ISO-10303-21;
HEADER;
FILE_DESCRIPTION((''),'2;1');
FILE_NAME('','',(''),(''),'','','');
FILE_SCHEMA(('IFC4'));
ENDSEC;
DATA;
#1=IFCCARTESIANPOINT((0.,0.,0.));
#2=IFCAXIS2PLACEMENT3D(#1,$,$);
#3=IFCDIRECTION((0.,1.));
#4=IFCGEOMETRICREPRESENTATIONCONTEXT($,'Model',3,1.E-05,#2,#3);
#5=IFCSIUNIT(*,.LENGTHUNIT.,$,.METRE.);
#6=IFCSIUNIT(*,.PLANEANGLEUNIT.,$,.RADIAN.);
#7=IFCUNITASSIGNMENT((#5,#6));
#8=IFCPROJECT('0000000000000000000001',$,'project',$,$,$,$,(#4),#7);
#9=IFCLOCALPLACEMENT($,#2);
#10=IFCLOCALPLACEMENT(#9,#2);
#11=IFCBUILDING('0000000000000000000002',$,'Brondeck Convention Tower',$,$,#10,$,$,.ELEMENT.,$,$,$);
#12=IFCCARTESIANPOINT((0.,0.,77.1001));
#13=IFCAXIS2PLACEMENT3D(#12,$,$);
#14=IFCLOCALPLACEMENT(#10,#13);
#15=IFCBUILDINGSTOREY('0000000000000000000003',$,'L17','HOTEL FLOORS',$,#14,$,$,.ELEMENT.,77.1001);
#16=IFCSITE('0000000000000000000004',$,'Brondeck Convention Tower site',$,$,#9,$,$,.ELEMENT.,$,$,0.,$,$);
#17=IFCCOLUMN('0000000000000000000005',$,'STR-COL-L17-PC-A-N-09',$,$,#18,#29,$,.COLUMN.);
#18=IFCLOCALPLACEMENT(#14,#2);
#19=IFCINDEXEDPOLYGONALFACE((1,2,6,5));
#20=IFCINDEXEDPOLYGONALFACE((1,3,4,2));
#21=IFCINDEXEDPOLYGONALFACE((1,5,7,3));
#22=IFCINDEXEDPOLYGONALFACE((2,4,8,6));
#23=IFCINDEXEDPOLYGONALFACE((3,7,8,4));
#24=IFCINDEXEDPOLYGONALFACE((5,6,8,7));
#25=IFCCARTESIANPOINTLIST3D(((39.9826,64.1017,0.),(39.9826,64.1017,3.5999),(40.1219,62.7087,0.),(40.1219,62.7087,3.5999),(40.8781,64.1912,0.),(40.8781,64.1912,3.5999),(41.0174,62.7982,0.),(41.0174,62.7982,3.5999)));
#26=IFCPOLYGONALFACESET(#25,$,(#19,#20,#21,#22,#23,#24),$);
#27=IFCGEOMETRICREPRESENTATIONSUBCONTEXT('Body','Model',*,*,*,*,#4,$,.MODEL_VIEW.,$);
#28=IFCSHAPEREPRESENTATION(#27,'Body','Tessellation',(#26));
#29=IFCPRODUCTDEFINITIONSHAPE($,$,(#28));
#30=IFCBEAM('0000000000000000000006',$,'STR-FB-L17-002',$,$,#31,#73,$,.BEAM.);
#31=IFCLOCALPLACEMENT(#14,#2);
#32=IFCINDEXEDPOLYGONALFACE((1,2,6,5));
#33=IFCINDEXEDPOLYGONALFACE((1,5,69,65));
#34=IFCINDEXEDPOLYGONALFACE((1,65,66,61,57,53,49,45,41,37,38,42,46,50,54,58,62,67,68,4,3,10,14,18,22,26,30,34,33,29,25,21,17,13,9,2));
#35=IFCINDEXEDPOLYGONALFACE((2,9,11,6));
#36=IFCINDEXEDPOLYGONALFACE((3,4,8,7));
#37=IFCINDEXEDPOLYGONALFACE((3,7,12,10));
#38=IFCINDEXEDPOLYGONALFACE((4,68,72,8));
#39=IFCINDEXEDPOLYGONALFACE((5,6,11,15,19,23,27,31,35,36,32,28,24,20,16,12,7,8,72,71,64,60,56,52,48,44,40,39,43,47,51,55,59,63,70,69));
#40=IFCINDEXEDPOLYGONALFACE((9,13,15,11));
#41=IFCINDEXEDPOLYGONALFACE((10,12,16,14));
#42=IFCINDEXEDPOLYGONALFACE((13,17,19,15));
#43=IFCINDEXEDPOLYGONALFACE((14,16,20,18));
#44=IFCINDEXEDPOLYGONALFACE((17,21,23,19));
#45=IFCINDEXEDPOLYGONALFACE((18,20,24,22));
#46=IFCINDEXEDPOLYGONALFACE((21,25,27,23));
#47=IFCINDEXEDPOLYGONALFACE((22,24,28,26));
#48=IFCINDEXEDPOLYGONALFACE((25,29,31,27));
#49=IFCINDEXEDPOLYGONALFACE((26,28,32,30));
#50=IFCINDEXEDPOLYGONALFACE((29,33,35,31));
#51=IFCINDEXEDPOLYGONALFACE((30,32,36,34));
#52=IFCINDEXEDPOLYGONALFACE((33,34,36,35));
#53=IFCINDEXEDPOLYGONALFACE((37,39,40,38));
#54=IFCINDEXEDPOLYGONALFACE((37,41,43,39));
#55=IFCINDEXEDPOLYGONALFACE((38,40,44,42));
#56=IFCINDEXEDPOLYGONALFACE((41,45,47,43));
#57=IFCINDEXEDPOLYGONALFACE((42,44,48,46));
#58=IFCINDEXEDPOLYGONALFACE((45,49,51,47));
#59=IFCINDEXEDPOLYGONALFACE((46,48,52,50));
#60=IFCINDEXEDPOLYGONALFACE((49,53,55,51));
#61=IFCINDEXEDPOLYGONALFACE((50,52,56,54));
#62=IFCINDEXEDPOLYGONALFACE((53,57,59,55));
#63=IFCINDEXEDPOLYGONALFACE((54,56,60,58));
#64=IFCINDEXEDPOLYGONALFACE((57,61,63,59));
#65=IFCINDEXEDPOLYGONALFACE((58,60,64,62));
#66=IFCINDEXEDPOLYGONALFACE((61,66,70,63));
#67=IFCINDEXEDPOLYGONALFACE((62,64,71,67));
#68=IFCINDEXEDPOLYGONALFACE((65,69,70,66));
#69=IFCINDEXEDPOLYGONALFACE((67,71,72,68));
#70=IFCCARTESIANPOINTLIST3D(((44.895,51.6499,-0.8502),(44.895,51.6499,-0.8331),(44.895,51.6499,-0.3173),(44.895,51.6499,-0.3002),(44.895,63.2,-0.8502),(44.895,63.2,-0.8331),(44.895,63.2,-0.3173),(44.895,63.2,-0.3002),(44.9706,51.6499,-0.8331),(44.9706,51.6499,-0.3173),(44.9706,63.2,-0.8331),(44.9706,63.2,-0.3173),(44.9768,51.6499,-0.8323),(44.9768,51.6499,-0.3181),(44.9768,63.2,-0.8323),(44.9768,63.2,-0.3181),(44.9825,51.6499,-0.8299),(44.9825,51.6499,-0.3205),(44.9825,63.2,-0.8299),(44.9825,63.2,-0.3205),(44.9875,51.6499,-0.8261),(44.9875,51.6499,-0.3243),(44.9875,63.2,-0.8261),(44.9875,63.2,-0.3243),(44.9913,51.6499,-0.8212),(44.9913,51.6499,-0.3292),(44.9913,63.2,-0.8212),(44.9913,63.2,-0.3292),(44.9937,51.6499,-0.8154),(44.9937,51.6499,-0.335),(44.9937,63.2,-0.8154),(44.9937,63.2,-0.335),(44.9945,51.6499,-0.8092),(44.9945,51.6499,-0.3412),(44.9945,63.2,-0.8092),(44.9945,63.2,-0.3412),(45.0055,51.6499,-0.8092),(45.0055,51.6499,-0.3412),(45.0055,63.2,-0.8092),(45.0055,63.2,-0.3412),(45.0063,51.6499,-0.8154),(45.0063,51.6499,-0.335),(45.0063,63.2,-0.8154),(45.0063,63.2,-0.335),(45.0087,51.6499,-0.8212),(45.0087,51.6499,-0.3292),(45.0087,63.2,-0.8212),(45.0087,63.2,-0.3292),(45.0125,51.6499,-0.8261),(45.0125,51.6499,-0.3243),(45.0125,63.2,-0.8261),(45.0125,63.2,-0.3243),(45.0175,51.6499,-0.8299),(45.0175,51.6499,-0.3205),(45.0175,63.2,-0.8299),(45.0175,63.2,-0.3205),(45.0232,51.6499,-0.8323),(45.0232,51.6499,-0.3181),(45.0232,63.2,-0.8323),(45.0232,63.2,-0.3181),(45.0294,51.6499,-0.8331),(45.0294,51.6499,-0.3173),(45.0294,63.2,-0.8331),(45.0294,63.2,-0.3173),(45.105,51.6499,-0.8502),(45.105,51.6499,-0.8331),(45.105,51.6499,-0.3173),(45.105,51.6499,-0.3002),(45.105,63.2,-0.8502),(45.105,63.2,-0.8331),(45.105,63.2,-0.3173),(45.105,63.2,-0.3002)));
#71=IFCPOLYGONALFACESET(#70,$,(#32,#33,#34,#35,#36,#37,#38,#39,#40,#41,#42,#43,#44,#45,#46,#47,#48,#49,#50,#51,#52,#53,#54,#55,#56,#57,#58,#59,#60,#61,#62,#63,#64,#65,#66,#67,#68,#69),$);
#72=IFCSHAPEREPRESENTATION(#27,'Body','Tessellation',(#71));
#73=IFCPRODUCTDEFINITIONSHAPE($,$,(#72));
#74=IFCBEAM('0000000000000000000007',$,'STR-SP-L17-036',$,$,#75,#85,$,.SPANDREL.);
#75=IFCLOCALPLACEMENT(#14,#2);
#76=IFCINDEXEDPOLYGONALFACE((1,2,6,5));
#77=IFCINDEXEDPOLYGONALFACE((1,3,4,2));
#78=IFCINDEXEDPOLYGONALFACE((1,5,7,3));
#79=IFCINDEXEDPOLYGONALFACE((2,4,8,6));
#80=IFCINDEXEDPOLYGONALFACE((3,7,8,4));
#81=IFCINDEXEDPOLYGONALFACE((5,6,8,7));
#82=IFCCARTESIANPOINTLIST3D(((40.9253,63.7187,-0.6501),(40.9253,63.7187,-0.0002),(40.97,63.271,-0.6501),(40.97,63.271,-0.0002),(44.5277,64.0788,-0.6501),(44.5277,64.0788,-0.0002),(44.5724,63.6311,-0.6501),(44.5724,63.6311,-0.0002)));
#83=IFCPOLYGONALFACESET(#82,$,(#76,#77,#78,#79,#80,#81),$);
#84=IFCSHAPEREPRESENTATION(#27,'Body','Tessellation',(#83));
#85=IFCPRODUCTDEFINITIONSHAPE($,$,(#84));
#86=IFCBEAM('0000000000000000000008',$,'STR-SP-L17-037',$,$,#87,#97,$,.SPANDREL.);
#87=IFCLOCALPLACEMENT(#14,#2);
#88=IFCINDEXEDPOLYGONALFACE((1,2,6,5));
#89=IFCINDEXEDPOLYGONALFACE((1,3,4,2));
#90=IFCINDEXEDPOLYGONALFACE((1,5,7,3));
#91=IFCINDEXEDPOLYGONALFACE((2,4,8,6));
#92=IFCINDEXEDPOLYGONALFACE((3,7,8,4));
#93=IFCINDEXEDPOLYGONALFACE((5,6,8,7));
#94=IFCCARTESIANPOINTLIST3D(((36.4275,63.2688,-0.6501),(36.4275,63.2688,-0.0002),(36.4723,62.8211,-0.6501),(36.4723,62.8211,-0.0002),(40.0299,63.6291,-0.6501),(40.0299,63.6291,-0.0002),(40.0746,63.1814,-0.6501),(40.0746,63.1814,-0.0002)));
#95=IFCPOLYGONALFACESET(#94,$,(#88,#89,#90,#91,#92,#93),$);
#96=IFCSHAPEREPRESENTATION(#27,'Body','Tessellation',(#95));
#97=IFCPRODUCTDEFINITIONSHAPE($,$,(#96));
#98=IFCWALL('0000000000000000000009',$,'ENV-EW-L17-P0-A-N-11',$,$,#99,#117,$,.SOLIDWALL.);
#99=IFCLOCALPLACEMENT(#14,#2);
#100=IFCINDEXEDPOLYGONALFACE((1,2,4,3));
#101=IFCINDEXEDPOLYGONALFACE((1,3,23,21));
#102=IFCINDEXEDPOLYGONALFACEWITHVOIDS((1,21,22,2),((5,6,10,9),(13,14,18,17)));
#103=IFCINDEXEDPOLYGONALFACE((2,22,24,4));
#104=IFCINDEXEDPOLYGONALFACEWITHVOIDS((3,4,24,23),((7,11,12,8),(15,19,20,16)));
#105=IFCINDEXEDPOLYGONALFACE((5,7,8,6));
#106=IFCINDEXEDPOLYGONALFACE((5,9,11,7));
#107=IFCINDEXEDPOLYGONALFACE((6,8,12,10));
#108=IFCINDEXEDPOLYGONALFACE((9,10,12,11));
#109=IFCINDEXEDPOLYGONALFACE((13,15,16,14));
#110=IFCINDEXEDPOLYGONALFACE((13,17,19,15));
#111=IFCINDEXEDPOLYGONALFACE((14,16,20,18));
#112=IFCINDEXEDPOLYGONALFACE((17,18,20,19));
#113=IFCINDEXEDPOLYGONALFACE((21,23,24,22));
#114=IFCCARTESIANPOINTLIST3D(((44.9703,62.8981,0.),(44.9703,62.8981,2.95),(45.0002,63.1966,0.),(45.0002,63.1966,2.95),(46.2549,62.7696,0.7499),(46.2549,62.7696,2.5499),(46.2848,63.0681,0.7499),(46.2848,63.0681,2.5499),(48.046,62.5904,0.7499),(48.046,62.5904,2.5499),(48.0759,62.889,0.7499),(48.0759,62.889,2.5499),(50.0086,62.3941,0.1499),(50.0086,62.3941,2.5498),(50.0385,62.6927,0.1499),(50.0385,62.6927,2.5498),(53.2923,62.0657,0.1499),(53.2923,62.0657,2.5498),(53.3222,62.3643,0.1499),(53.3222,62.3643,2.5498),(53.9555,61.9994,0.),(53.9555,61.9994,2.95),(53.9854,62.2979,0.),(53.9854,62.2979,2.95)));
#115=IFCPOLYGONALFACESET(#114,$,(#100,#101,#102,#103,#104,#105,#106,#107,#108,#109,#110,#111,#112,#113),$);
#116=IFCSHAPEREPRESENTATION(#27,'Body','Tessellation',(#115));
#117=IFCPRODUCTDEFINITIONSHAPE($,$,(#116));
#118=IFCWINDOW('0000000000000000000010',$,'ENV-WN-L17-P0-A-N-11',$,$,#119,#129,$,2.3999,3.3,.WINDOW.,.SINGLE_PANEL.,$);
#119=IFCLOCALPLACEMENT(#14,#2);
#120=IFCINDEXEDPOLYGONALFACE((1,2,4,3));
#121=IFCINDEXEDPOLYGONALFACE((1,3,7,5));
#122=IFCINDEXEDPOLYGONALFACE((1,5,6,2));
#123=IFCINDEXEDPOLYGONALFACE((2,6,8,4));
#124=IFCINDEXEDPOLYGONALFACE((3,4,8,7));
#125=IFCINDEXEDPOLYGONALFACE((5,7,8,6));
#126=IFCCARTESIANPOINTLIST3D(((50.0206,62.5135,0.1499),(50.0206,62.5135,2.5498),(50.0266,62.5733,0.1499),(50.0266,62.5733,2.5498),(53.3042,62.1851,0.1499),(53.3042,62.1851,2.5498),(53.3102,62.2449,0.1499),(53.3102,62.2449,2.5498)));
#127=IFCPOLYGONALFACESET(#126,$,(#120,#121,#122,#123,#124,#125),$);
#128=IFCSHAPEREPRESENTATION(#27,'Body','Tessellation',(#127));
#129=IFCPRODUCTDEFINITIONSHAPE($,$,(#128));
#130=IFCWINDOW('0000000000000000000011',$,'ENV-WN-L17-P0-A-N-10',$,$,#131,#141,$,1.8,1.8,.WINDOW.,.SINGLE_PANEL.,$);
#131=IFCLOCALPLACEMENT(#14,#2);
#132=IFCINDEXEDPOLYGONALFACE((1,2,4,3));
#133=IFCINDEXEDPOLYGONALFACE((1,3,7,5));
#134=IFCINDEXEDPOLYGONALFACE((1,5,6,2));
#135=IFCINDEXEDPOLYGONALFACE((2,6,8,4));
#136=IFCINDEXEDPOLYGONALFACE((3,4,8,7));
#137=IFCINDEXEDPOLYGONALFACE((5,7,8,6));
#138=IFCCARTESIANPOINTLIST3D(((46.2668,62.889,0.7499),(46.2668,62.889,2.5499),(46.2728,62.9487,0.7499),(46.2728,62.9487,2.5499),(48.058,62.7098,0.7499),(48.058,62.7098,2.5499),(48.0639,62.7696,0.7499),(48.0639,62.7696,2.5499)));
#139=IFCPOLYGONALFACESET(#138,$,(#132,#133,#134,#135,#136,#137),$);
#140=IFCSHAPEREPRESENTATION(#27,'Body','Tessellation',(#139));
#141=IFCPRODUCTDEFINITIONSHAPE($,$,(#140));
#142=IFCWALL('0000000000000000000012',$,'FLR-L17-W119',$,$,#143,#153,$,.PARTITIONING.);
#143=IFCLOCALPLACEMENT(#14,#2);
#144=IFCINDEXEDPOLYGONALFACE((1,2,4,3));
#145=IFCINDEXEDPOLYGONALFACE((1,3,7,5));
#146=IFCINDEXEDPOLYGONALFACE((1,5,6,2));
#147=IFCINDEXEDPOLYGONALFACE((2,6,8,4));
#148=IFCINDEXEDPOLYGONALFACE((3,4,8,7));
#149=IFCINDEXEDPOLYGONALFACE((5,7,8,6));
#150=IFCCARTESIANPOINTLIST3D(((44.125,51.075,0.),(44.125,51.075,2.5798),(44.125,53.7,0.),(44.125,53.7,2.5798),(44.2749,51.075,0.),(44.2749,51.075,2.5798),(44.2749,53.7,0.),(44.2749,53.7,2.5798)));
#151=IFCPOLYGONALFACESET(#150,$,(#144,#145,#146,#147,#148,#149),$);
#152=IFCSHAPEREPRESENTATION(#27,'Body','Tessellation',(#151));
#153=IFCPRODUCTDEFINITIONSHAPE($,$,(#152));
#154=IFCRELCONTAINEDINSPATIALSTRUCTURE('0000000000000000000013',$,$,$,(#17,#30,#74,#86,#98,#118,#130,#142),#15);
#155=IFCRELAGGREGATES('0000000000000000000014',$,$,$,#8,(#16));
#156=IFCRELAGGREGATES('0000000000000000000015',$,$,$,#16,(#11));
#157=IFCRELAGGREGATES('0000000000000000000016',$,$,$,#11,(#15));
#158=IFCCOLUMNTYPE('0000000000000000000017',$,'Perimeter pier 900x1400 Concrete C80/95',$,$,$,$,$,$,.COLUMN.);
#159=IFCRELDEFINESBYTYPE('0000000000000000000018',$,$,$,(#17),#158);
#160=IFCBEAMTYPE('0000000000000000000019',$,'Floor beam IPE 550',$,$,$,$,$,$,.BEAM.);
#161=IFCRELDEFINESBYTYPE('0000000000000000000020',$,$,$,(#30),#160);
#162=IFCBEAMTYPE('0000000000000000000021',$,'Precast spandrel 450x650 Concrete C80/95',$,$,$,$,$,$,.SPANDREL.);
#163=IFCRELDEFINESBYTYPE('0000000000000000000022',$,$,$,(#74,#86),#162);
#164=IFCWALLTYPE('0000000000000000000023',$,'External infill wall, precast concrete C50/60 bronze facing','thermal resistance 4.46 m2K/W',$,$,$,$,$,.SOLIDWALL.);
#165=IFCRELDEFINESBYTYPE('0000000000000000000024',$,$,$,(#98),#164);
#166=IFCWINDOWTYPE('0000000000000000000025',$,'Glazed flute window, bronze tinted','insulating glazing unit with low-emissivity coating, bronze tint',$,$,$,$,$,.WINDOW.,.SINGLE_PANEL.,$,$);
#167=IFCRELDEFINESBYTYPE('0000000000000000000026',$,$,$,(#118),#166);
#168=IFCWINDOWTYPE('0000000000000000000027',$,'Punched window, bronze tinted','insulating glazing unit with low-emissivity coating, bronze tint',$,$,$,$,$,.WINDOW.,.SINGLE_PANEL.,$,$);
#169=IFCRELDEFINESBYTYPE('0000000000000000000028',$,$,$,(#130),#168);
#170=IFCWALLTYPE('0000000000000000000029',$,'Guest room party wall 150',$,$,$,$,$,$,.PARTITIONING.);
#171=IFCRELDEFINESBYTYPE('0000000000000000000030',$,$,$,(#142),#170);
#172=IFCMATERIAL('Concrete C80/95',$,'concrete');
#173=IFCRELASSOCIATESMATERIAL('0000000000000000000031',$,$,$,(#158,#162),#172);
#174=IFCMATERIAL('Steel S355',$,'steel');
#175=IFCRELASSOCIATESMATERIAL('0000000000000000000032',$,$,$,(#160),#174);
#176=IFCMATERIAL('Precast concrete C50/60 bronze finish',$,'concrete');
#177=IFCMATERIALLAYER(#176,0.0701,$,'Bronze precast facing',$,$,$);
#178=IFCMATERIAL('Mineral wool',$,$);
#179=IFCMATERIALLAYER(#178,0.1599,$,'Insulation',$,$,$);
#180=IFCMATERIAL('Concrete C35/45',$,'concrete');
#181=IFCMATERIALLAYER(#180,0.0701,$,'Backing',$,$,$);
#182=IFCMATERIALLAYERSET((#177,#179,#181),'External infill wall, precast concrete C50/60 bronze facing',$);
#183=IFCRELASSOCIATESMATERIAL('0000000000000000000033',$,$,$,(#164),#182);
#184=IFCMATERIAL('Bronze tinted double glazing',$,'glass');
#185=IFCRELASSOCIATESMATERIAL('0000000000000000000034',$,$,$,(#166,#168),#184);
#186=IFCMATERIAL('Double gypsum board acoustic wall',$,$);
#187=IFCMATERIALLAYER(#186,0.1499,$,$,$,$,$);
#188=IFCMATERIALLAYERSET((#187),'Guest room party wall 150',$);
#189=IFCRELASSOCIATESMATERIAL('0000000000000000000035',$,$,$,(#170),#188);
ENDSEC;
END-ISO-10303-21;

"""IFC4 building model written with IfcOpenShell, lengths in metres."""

from ifc_helpers import new_model, si_unit, direction, frame, frame_2d, origin, origin_2d, place, context, subcontext, project, spatial, rectangle, i_section, extrude, material, layer, layer_set, material_profile, profile_set, type_object, element, fill, save


model = new_model("IFC4")

# Units and contexts
model_context = context("Model", 3, precision=1e-05, world=origin(), true_north=direction((0.0, 1.0)))
body_context = subcontext(model_context, "Body", "Model", "MODEL_VIEW")
ifc_project = project(units=[si_unit("LENGTHUNIT", "METRE"), si_unit("PLANEANGLEUNIT", "RADIAN")], contexts=[model_context])

# Site, building, storey
site_placement = place(None, origin())
site = spatial("IfcSite", under=ifc_project, at=site_placement, Name="Brondeck Convention Tower site", CompositionType="ELEMENT", RefElevation=0.0)
building_placement = place(site_placement, origin())
building = spatial("IfcBuilding", under=site, at=building_placement, Name="Brondeck Convention Tower", CompositionType="ELEMENT")
storey_placement = place(building_placement, frame((0.0, 0.0, 77.1001)))
storey = spatial("IfcBuildingStorey", under=building, at=storey_placement, Name="L17", Description="HOTEL FLOORS", CompositionType="ELEMENT", Elevation=77.1001)

# Column
ifc_material_1 = material(Name="Concrete C80/95", Category="concrete")
ifc_material_profile_1 = material_profile(ifc_material_1, rectangle(XDim=0.8999, YDim=1.3999, at=origin_2d()), Name="Perimeter pier 900x1400 Concrete C80/95")
ifc_profile_set_1 = profile_set([ifc_material_profile_1], Name="Concrete C80/95")
column_type = type_object("IfcColumnType", Name="Perimeter pier 900x1400 Concrete C80/95", PredefinedType="COLUMN", material=ifc_profile_set_1)
column_placement = place(storey_placement, frame((40.5, 63.45, 0.0), z_axis=(0.0, 0.0, 1.0), x_axis=(-0.995037, -0.099504, 0.0)))
element("IfcColumn", 1, at=column_placement, inside=storey, type_object=column_type, Name="STR-COL-L17-PC-A-N-09", PredefinedType="COLUMN", context=body_context, shape_type="SweptSolid", body=[
    extrude(rectangle(XDim=0.8999, YDim=1.3999, at=origin_2d()), origin(), (0.0, 0.0, 1.0), 3.5999),
])

# Beams
ifc_material_2 = material(Name="Steel S355", Category="steel")
ifc_material_profile_2 = material_profile(ifc_material_2, i_section(OverallWidth=0.21, OverallDepth=0.55, WebThickness=0.011, FlangeThickness=0.0171, FilletRadius=0.0239, at=origin_2d()), Name="IPE 550")
ifc_profile_set_2 = profile_set([ifc_material_profile_2], Name="Steel S355")
beam_type_1 = type_object("IfcBeamType", Name="Floor beam IPE 550", PredefinedType="BEAM", material=ifc_profile_set_2)
beam_placement = place(storey_placement, frame((45.0, 51.6499, -0.5752), z_axis=(0.0, 1.0, 0.0), x_axis=(-1.0, 0.0, 0.0)))
element("IfcBeam", 2, at=beam_placement, inside=storey, type_object=beam_type_1, Name="STR-FB-L17-002", PredefinedType="BEAM", context=body_context, shape_type="SweptSolid", body=[
    extrude(i_section(OverallWidth=0.21, OverallDepth=0.55, WebThickness=0.011, FlangeThickness=0.0171, FilletRadius=0.0239, at=origin_2d()), origin(), (0.0, 0.0, 1.0), 11.55),
])
ifc_material_profile_3 = material_profile(ifc_material_1, rectangle(XDim=0.45, YDim=0.6499, at=origin_2d()), Name="Precast spandrel 450x650 Concrete C80/95")
ifc_profile_set_3 = profile_set([ifc_material_profile_3], Name="Concrete C80/95")
beam_type_2 = type_object("IfcBeamType", Name="Precast spandrel 450x650 Concrete C80/95", PredefinedType="SPANDREL", material=ifc_profile_set_3)
for number, where, z_axis, x_axis, name in (
    (3, (44.55, 63.855, -0.3252), (-0.995041, -0.09947, 0.0), (0.09947, -0.995041, 0.0), "STR-SP-L17-036"),
    (4, (40.0522, 63.4053, -0.3252), (-0.995034, -0.099537, 0.0), (0.099537, -0.995034, 0.0), "STR-SP-L17-037"),
):
    element("IfcBeam", number, at=place(storey_placement, frame(where, z_axis=z_axis, x_axis=x_axis)), inside=storey, type_object=beam_type_2, Name=name, PredefinedType="SPANDREL", context=body_context, shape_type="SweptSolid", body=[
        extrude(rectangle(XDim=0.45, YDim=0.6499, at=origin_2d()), origin(), (0.0, 0.0, 1.0), 3.6204),
    ])

# Wall, openings, windows
ifc_material_3 = material(Name="Precast concrete C50/60 bronze finish", Category="concrete")
ifc_layer_1 = layer(ifc_material_3, 0.0701, Name="Bronze precast facing")
ifc_material_4 = material(Name="Mineral wool")
ifc_layer_2 = layer(ifc_material_4, 0.1599, Name="Insulation")
ifc_material_5 = material(Name="Concrete C35/45", Category="concrete")
ifc_layer_3 = layer(ifc_material_5, 0.0701, Name="Backing")
ifc_layer_set_1 = layer_set([ifc_layer_1, ifc_layer_2, ifc_layer_3], Name="External infill wall, precast concrete C50/60 bronze facing")
wall_type_1 = type_object("IfcWallType", Name="External infill wall, precast concrete C50/60 bronze facing", Description="thermal resistance 4.46 m2K/W", PredefinedType="SOLIDWALL", material=ifc_layer_set_1)
wall_1_placement = place(storey_placement, frame((44.9851, 63.0474, 0.0), z_axis=(0.0, 0.0, 1.0), x_axis=(0.995035, -0.099522, 0.0)))
wall_1 = element("IfcWall", 5, at=wall_1_placement, inside=storey, type_object=wall_type_1, Name="ENV-EW-L17-P0-A-N-11", PredefinedType="SOLIDWALL", context=body_context, shape_type="SweptSolid", body=[
    extrude(rectangle(XDim=9.03, YDim=0.3, at=frame_2d((4.5151, 0.0))), origin(), (0.0, 0.0, 1.0), 2.95),
])
opening_1_placement = place(wall_1_placement, frame((1.2913, 0.0, 0.75)))
opening_1 = element("IfcOpeningElement", 6, at=opening_1_placement, cuts=wall_1, PredefinedType="OPENING", context=body_context, shape_type="SweptSolid", body=[
    extrude(rectangle(XDim=1.8, YDim=1.8, at=frame_2d((0.8999, 0.8999))), frame((0.0, 0.1599, 0.0), z_axis=(0.0, -1.0, 0.0), x_axis=(1.0, 0.0, 0.0)), (0.0, 0.0, 1.0), 0.3201),
])
opening_2_placement = place(wall_1_placement, frame((5.0637, 0.0, 0.1499)))
opening_2 = element("IfcOpeningElement", 7, at=opening_2_placement, cuts=wall_1, PredefinedType="OPENING", context=body_context, shape_type="SweptSolid", body=[
    extrude(rectangle(XDim=3.3, YDim=2.3999, at=frame_2d((1.6499, 1.2))), frame((0.0, 0.1599, 0.0), z_axis=(0.0, -1.0, 0.0), x_axis=(1.0, 0.0, 0.0)), (0.0, 0.0, 1.0), 0.3201),
])
ifc_material_6 = material(Name="Bronze tinted double glazing", Category="glass")
window_type_1 = type_object("IfcWindowType", Name="Glazed flute window, bronze tinted", Description="insulating glazing unit with low-emissivity coating, bronze tint", PartitioningType="SINGLE_PANEL", PredefinedType="WINDOW", material=ifc_material_6)
window_1_placement = place(opening_2_placement, origin())
window_1 = element("IfcWindow", 8, at=window_1_placement, inside=storey, type_object=window_type_1, Name="ENV-WN-L17-P0-A-N-11", OverallHeight=2.3999, OverallWidth=3.3, PartitioningType="SINGLE_PANEL", PredefinedType="WINDOW", context=body_context, shape_type="SweptSolid", body=[
    extrude(rectangle(XDim=3.3, YDim=2.3999, at=frame_2d((1.6499, 1.2))), frame((0.0, 0.03, 0.0), z_axis=(0.0, -1.0, 0.0), x_axis=(1.0, 0.0, 0.0)), (0.0, 0.0, 1.0), 0.0601),
])
fill(opening_2, window_1)
window_type_2 = type_object("IfcWindowType", Name="Punched window, bronze tinted", Description="insulating glazing unit with low-emissivity coating, bronze tint", PartitioningType="SINGLE_PANEL", PredefinedType="WINDOW", material=ifc_material_6)
window_2_placement = place(opening_1_placement, origin())
window_2 = element("IfcWindow", 9, at=window_2_placement, inside=storey, type_object=window_type_2, Name="ENV-WN-L17-P0-A-N-10", OverallHeight=1.8, OverallWidth=1.8, PartitioningType="SINGLE_PANEL", PredefinedType="WINDOW", context=body_context, shape_type="SweptSolid", body=[
    extrude(rectangle(XDim=1.8, YDim=1.8, at=frame_2d((0.8999, 0.8999))), frame((0.0, 0.03, 0.0), z_axis=(0.0, -1.0, 0.0), x_axis=(1.0, 0.0, 0.0)), (0.0, 0.0, 1.0), 0.0601),
])
fill(opening_1, window_2)

# Wall
ifc_material_7 = material(Name="Double gypsum board acoustic wall")
ifc_layer_4 = layer(ifc_material_7, 0.1499)
ifc_layer_set_2 = layer_set([ifc_layer_4], Name="Guest room party wall 150")
wall_type_2 = type_object("IfcWallType", Name="Guest room party wall 150", PredefinedType="PARTITIONING", material=ifc_layer_set_2)
wall_2_placement = place(storey_placement, frame((44.2, 53.7, 0.0), z_axis=(0.0, 0.0, 1.0), x_axis=(0.0, -1.0, 0.0)))
element("IfcWall", 10, at=wall_2_placement, inside=storey, type_object=wall_type_2, Name="FLR-L17-W119", PredefinedType="PARTITIONING", context=body_context, shape_type="SweptSolid", body=[
    extrude(rectangle(XDim=2.625, YDim=0.1499, at=frame_2d((1.3125, 0.0))), origin(), (0.0, 0.0, 1.0), 2.5798),
])

save(model, "model.ifc")
